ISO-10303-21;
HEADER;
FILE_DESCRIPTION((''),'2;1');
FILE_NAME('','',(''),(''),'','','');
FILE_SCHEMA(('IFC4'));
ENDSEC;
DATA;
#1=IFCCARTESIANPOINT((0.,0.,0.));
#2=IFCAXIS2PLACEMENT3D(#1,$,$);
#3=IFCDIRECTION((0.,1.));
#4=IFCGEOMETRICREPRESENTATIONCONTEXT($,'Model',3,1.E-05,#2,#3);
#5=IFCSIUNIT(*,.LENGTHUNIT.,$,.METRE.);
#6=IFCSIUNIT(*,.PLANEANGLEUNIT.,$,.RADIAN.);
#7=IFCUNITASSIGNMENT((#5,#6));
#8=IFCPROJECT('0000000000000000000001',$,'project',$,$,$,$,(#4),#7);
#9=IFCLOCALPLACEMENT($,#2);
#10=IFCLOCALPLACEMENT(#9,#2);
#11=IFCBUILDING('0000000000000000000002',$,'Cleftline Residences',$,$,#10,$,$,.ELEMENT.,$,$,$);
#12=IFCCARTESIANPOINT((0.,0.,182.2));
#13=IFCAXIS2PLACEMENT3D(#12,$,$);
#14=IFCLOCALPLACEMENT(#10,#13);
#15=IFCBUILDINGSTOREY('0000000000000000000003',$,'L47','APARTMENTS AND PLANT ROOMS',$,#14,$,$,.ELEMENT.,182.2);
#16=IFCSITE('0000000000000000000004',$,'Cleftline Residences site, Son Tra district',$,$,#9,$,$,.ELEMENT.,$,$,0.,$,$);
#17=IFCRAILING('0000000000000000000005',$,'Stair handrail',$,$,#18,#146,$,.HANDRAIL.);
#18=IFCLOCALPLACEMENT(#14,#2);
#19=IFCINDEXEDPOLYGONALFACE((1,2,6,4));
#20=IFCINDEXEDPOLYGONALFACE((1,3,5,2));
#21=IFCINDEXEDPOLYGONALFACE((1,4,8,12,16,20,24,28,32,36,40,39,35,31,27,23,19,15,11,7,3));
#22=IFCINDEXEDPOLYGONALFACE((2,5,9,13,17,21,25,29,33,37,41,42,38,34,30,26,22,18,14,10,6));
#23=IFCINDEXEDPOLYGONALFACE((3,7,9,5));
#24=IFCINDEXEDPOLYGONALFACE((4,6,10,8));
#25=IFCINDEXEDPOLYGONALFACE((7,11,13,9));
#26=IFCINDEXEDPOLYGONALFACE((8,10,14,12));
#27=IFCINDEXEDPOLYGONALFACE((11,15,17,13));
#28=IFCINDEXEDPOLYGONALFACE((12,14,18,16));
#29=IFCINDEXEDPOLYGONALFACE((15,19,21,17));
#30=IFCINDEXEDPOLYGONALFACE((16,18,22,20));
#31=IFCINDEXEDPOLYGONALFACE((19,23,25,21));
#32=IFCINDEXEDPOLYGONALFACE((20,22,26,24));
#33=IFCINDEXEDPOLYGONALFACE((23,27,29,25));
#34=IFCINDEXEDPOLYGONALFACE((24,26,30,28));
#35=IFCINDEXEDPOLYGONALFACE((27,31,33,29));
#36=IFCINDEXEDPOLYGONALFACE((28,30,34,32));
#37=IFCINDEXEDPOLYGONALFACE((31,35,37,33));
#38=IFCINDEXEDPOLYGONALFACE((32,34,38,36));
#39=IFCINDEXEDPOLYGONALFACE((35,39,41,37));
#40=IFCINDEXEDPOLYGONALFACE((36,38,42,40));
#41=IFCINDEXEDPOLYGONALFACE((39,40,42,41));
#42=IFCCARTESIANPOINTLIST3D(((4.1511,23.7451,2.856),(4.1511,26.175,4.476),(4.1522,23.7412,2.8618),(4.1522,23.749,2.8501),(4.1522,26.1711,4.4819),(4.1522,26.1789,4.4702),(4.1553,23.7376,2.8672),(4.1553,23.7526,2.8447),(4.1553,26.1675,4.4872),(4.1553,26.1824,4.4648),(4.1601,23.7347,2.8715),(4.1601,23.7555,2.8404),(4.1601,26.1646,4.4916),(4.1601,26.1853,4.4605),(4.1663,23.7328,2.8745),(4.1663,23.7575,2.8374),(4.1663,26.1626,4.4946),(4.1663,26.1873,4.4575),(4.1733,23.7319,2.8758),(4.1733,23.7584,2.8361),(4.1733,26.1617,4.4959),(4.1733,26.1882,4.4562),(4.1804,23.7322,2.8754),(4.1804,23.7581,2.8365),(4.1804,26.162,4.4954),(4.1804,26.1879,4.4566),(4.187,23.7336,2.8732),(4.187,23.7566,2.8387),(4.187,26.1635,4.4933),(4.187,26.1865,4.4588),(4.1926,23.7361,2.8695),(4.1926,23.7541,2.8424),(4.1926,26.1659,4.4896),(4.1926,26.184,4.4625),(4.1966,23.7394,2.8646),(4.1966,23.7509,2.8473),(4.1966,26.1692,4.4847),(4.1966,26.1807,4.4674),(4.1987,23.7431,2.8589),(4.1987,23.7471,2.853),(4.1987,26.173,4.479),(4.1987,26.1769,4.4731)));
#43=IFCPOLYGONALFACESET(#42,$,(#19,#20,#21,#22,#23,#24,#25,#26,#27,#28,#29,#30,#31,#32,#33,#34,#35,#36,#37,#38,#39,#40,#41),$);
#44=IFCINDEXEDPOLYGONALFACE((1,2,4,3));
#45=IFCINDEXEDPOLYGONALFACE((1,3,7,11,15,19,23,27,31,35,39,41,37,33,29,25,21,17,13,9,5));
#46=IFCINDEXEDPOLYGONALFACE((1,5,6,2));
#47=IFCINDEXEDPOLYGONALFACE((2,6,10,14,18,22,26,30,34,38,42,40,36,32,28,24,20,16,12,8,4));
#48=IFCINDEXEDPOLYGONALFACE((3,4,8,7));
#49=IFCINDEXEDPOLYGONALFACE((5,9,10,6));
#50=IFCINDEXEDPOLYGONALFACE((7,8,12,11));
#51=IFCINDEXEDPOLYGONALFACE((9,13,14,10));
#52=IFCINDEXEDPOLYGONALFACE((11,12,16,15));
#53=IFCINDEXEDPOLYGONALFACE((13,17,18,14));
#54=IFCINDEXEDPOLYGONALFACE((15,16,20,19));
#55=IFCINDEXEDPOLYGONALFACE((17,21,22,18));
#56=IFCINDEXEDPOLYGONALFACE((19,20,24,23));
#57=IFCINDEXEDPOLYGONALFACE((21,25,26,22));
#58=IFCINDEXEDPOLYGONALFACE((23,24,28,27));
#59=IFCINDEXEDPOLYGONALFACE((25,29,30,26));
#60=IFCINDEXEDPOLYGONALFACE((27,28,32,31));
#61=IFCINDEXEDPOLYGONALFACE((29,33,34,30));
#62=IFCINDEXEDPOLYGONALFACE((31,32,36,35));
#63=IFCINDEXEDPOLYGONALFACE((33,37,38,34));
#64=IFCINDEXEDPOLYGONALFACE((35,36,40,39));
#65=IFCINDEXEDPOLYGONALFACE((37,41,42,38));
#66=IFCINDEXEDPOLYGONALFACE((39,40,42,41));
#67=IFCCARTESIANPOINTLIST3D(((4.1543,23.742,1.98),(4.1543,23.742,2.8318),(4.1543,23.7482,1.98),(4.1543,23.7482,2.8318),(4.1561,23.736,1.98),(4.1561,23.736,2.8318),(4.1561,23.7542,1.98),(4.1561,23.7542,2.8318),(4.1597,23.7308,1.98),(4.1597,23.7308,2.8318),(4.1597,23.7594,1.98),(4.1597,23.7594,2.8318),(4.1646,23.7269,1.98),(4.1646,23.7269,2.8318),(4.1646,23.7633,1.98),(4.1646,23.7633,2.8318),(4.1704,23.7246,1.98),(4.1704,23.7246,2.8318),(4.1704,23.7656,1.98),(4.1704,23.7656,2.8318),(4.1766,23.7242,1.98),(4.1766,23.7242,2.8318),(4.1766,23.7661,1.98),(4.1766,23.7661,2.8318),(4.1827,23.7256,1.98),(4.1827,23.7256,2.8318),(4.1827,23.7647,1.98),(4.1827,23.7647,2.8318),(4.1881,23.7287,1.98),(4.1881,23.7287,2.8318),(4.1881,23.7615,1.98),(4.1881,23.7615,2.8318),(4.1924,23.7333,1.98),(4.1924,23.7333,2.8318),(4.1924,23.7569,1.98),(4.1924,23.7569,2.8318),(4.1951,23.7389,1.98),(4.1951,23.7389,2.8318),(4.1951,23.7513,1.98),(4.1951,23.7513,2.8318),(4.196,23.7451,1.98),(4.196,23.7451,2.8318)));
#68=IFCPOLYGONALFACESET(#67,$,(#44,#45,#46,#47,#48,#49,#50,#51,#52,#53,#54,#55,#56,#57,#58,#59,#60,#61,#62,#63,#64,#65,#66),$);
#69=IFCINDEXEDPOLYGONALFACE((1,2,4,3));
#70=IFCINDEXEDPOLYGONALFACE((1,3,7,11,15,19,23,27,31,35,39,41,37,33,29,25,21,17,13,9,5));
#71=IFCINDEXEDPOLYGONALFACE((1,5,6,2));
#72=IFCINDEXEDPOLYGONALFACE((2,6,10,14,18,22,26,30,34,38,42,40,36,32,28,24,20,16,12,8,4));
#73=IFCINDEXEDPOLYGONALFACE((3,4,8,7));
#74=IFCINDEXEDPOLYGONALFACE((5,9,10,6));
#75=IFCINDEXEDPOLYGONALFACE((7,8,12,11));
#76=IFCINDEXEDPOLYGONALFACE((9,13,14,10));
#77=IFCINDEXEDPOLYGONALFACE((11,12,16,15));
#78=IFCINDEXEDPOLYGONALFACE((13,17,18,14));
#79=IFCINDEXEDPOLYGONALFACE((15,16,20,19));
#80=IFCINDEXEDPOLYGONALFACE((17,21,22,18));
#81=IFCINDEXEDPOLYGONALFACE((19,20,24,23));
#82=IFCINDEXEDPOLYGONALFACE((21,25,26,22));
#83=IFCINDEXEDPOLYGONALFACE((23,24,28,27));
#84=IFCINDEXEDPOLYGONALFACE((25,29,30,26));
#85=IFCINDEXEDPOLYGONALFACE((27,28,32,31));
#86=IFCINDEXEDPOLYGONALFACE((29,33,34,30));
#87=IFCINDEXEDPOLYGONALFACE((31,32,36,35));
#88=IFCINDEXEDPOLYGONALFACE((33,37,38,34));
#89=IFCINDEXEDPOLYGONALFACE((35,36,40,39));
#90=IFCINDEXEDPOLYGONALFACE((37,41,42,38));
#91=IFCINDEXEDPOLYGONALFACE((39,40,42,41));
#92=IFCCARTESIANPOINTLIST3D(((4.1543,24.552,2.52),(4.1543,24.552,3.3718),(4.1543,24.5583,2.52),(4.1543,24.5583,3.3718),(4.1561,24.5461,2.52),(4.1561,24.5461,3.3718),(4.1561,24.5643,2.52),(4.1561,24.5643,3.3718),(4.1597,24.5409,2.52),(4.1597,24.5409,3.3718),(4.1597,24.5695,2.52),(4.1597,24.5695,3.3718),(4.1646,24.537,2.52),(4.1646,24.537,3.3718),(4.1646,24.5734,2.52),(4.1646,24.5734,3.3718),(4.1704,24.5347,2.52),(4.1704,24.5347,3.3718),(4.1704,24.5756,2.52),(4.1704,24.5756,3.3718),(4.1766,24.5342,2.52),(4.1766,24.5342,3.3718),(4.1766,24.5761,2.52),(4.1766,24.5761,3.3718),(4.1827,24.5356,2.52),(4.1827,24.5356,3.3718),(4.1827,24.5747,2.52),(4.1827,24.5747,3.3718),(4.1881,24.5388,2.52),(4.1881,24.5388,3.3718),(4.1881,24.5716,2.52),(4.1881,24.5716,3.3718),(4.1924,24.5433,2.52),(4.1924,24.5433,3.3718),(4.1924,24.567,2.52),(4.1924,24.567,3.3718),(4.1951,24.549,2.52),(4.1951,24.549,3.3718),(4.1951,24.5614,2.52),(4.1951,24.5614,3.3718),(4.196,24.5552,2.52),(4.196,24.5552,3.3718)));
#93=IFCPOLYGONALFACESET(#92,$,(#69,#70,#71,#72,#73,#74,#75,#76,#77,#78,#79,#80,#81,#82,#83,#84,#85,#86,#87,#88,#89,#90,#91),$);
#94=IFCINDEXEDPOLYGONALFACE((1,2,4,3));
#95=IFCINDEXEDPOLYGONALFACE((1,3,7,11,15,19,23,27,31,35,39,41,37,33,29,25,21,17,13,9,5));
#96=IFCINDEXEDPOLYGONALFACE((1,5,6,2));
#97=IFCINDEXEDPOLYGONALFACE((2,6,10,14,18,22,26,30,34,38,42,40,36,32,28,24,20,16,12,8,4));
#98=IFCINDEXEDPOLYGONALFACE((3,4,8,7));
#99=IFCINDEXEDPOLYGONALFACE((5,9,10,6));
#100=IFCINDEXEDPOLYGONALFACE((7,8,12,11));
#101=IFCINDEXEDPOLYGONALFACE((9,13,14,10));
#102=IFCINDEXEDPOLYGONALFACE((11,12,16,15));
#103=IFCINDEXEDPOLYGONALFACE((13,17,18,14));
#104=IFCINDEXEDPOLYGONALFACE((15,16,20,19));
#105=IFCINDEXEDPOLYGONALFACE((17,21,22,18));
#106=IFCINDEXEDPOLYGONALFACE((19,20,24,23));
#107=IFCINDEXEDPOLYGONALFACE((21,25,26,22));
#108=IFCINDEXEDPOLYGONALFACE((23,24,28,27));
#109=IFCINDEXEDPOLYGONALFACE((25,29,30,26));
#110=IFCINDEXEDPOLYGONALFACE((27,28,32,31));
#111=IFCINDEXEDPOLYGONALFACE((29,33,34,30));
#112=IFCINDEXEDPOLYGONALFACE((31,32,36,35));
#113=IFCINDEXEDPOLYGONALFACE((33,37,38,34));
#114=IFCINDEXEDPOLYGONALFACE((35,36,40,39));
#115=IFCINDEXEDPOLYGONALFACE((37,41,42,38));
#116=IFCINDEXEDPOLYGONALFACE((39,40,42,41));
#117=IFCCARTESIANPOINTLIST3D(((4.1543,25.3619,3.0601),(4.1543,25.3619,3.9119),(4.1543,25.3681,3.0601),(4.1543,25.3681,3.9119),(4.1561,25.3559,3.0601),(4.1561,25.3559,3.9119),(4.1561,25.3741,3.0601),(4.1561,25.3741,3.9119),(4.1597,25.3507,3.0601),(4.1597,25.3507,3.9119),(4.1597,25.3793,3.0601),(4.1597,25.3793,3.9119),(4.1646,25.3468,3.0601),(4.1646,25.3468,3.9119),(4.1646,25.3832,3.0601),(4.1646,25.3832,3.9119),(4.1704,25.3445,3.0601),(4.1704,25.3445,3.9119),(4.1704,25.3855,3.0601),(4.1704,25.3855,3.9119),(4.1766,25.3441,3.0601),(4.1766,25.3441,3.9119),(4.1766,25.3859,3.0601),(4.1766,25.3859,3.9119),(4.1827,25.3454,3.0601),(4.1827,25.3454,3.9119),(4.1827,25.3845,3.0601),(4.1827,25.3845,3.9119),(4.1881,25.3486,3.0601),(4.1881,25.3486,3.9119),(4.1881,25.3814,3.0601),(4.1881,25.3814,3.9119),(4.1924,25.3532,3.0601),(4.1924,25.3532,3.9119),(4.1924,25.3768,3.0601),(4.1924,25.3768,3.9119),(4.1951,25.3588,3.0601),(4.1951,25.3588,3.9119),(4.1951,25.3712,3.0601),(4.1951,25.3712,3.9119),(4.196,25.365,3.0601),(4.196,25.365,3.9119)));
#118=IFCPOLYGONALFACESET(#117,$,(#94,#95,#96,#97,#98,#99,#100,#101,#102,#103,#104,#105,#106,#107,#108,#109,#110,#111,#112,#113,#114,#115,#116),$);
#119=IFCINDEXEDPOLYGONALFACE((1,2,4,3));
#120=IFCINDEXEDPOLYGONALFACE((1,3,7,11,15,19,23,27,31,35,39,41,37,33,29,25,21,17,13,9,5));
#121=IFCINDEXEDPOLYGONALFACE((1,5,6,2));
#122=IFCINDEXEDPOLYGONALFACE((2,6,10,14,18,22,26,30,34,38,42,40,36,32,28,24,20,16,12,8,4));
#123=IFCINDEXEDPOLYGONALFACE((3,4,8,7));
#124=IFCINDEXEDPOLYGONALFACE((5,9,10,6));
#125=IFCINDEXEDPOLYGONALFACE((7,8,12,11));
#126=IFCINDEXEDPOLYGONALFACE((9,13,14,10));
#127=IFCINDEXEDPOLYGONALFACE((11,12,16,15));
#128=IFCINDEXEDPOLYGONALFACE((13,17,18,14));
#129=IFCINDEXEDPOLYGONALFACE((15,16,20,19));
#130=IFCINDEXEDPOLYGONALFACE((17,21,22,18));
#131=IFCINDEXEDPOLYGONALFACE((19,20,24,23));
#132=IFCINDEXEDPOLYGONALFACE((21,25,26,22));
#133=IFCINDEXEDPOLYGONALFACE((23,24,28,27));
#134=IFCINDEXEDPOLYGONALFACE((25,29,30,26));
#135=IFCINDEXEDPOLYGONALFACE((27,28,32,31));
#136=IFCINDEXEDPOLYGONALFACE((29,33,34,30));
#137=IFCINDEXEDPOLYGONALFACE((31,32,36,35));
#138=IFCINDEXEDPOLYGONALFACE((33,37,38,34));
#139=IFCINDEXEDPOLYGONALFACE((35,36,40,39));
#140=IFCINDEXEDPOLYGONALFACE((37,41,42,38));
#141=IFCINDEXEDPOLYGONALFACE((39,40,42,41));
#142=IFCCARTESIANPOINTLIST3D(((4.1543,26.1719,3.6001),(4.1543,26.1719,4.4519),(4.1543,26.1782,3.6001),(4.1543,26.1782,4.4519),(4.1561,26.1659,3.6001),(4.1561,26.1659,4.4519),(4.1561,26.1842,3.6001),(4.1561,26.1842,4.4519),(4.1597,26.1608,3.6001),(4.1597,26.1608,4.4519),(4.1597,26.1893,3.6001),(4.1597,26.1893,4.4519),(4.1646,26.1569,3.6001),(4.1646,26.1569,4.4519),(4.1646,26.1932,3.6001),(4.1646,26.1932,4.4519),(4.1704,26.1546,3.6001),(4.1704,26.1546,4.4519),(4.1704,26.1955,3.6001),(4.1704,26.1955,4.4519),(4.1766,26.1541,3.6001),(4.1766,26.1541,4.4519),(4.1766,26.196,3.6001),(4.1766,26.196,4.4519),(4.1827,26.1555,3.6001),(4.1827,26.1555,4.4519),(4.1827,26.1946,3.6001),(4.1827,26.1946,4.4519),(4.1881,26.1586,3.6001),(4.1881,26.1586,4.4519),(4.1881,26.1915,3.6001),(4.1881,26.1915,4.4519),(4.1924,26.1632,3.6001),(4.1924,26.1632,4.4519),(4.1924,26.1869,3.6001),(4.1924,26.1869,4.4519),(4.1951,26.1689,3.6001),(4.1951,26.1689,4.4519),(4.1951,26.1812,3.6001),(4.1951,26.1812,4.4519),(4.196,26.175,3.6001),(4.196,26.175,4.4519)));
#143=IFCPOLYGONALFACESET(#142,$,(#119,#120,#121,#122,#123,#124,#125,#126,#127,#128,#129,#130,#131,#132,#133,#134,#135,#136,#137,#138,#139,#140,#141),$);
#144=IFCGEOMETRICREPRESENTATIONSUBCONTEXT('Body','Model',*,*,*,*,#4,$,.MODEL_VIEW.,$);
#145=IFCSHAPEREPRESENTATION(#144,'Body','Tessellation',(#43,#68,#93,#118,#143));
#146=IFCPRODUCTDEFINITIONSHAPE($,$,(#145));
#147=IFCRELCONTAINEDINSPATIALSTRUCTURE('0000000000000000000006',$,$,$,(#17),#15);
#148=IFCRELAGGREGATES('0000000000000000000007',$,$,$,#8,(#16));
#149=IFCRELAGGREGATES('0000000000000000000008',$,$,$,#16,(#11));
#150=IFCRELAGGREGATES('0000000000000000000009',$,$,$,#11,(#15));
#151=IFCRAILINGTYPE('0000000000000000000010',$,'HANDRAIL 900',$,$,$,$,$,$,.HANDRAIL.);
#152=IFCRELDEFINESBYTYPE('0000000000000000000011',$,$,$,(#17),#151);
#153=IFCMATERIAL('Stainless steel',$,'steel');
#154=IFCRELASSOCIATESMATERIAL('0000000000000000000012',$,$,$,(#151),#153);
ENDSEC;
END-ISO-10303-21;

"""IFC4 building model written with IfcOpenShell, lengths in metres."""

from ifc_helpers import new_model, si_unit, direction, frame, origin, origin_2d, place, context, subcontext, project, spatial, circle, extrude, material, type_object, element, save


model = new_model("IFC4")

# Units and contexts
model_context = context("Model", 3, precision=1e-05, world=origin(), true_north=direction((0.0, 1.0)))
body_context = subcontext(model_context, "Body", "Model", "MODEL_VIEW")
ifc_project = project(units=[si_unit("LENGTHUNIT", "METRE"), si_unit("PLANEANGLEUNIT", "RADIAN")], contexts=[model_context])

# Site, building, storey
site_placement = place(None, origin())
site = spatial("IfcSite", under=ifc_project, at=site_placement, Name="Cleftline Residences site, Son Tra district", CompositionType="ELEMENT", RefElevation=0.0)
building_placement = place(site_placement, origin())
building = spatial("IfcBuilding", under=site, at=building_placement, Name="Cleftline Residences", CompositionType="ELEMENT")
storey_placement = place(building_placement, frame((0.0, 0.0, 182.2)))
storey = spatial("IfcBuildingStorey", under=building, at=storey_placement, Name="L47", Description="APARTMENTS AND PLANT ROOMS", CompositionType="ELEMENT", Elevation=182.2)

# Railing
ifc_material_1 = material(Name="Stainless steel", Category="steel")
railing_type = type_object("IfcRailingType", Name="HANDRAIL 900", PredefinedType="HANDRAIL", material=ifc_material_1)
railing_1_placement = place(storey_placement, frame((4.175, 23.7451, 1.98)))
element("IfcRailing", 1, at=railing_1_placement, inside=storey, type_object=railing_type, Name="Stair handrail", PredefinedType="HANDRAIL", context=body_context, shape_type="SweptSolid", body=[
    extrude(circle(Radius=0.0239, at=origin_2d()), frame((0.0, 0.0, 0.876), z_axis=(0.0, 0.832025, 0.554739), x_axis=(-1.0, 0.0, 0.0)), (0.0, 0.0, 1.0), 2.9204),
    extrude(circle(Radius=0.021, at=origin_2d()), origin(), (0.0, 0.0, 1.0), 0.8518),
    extrude(circle(Radius=0.021, at=origin_2d()), frame((0.0, 0.8101, 0.54)), (0.0, 0.0, 1.0), 0.8518),
    extrude(circle(Radius=0.021, at=origin_2d()), frame((0.0, 1.6199, 1.0801)), (0.0, 0.0, 1.0), 0.8518),
    extrude(circle(Radius=0.021, at=origin_2d()), frame((0.0, 2.4299, 1.6201)), (0.0, 0.0, 1.0), 0.8518),
])

save(model, "model.ifc")
